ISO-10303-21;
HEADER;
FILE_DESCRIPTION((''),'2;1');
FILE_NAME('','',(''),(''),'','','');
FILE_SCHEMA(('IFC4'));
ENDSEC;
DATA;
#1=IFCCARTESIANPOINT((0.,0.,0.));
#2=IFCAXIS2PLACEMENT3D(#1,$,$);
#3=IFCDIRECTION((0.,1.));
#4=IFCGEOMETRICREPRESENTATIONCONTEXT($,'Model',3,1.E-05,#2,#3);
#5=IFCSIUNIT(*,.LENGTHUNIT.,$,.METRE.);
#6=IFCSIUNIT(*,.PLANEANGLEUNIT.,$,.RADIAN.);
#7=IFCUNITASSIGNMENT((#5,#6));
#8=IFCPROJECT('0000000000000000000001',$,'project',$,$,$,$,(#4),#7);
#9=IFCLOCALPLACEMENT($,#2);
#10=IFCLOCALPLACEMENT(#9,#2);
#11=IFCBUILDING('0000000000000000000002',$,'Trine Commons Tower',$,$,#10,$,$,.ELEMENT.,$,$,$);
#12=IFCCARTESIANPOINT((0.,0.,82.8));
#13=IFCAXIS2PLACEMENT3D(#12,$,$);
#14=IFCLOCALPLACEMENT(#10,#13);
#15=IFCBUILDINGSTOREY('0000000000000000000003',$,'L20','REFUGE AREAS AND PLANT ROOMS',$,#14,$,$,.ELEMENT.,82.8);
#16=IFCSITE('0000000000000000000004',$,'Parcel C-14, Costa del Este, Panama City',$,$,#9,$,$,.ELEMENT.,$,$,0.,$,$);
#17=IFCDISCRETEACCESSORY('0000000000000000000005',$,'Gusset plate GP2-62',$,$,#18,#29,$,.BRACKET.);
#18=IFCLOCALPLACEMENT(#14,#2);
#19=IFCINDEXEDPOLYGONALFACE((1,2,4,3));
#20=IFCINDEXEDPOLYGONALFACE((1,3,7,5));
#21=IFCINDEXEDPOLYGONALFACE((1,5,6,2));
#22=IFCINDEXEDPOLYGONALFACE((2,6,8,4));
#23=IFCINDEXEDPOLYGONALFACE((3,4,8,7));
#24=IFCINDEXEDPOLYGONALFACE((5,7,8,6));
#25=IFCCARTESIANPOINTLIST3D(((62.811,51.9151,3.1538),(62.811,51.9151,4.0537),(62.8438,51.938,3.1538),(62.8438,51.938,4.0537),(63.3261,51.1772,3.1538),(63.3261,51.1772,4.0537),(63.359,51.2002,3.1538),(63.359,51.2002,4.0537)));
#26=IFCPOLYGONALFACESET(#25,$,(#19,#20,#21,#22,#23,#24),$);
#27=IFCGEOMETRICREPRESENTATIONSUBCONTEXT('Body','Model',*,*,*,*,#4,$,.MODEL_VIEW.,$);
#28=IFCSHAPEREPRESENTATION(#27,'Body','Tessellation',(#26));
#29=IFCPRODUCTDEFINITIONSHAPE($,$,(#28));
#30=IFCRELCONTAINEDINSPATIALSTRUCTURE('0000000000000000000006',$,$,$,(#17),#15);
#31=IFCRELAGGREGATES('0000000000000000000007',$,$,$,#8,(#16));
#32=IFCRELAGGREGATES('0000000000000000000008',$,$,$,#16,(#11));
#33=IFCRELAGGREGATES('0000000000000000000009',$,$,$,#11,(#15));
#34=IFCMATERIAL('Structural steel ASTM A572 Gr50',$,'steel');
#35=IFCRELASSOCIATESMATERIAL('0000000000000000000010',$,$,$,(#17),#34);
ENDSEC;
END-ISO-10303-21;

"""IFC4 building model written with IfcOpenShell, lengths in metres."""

from ifc_helpers import new_model, si_unit, direction, frame, origin, origin_2d, place, context, subcontext, project, spatial, rectangle, extrude, material, element, save


model = new_model("IFC4")

# Units and contexts
model_context = context("Model", 3, precision=1e-05, world=origin(), true_north=direction((0.0, 1.0)))
body_context = subcontext(model_context, "Body", "Model", "MODEL_VIEW")
ifc_project = project(units=[si_unit("LENGTHUNIT", "METRE"), si_unit("PLANEANGLEUNIT", "RADIAN")], contexts=[model_context])

# Site, building, storey
site_placement = place(None, origin())
site = spatial("IfcSite", under=ifc_project, at=site_placement, Name="Parcel C-14, Costa del Este, Panama City", CompositionType="ELEMENT", RefElevation=0.0)
building_placement = place(site_placement, origin())
building = spatial("IfcBuilding", under=site, at=building_placement, Name="Trine Commons Tower", CompositionType="ELEMENT")
storey_placement = place(building_placement, frame((0.0, 0.0, 82.8)))
storey = spatial("IfcBuildingStorey", under=building, at=storey_placement, Name="L20", Description="REFUGE AREAS AND PLANT ROOMS", CompositionType="ELEMENT", Elevation=82.8)

# Discrete accessory
ifc_material_1 = material(Name="Structural steel ASTM A572 Gr50", Category="steel")
for number, where, z_axis, x_axis, name in (
    (1, (63.085, 51.5576, 3.1538), (0.0, 0.0, 1.0), (0.572489, -0.819912, 0.0), "Gusset plate GP2-62"),
):
    element("IfcDiscreteAccessory", number, at=place(storey_placement, frame(where, z_axis=z_axis, x_axis=x_axis)), inside=storey, material=ifc_material_1, Name=name, PredefinedType="BRACKET", context=body_context, shape_type="SweptSolid", body=[
        extrude(rectangle(XDim=0.8999, YDim=0.04, at=origin_2d()), origin(), (0.0, 0.0, 1.0), 0.8999),
    ])

save(model, "model.ifc")
